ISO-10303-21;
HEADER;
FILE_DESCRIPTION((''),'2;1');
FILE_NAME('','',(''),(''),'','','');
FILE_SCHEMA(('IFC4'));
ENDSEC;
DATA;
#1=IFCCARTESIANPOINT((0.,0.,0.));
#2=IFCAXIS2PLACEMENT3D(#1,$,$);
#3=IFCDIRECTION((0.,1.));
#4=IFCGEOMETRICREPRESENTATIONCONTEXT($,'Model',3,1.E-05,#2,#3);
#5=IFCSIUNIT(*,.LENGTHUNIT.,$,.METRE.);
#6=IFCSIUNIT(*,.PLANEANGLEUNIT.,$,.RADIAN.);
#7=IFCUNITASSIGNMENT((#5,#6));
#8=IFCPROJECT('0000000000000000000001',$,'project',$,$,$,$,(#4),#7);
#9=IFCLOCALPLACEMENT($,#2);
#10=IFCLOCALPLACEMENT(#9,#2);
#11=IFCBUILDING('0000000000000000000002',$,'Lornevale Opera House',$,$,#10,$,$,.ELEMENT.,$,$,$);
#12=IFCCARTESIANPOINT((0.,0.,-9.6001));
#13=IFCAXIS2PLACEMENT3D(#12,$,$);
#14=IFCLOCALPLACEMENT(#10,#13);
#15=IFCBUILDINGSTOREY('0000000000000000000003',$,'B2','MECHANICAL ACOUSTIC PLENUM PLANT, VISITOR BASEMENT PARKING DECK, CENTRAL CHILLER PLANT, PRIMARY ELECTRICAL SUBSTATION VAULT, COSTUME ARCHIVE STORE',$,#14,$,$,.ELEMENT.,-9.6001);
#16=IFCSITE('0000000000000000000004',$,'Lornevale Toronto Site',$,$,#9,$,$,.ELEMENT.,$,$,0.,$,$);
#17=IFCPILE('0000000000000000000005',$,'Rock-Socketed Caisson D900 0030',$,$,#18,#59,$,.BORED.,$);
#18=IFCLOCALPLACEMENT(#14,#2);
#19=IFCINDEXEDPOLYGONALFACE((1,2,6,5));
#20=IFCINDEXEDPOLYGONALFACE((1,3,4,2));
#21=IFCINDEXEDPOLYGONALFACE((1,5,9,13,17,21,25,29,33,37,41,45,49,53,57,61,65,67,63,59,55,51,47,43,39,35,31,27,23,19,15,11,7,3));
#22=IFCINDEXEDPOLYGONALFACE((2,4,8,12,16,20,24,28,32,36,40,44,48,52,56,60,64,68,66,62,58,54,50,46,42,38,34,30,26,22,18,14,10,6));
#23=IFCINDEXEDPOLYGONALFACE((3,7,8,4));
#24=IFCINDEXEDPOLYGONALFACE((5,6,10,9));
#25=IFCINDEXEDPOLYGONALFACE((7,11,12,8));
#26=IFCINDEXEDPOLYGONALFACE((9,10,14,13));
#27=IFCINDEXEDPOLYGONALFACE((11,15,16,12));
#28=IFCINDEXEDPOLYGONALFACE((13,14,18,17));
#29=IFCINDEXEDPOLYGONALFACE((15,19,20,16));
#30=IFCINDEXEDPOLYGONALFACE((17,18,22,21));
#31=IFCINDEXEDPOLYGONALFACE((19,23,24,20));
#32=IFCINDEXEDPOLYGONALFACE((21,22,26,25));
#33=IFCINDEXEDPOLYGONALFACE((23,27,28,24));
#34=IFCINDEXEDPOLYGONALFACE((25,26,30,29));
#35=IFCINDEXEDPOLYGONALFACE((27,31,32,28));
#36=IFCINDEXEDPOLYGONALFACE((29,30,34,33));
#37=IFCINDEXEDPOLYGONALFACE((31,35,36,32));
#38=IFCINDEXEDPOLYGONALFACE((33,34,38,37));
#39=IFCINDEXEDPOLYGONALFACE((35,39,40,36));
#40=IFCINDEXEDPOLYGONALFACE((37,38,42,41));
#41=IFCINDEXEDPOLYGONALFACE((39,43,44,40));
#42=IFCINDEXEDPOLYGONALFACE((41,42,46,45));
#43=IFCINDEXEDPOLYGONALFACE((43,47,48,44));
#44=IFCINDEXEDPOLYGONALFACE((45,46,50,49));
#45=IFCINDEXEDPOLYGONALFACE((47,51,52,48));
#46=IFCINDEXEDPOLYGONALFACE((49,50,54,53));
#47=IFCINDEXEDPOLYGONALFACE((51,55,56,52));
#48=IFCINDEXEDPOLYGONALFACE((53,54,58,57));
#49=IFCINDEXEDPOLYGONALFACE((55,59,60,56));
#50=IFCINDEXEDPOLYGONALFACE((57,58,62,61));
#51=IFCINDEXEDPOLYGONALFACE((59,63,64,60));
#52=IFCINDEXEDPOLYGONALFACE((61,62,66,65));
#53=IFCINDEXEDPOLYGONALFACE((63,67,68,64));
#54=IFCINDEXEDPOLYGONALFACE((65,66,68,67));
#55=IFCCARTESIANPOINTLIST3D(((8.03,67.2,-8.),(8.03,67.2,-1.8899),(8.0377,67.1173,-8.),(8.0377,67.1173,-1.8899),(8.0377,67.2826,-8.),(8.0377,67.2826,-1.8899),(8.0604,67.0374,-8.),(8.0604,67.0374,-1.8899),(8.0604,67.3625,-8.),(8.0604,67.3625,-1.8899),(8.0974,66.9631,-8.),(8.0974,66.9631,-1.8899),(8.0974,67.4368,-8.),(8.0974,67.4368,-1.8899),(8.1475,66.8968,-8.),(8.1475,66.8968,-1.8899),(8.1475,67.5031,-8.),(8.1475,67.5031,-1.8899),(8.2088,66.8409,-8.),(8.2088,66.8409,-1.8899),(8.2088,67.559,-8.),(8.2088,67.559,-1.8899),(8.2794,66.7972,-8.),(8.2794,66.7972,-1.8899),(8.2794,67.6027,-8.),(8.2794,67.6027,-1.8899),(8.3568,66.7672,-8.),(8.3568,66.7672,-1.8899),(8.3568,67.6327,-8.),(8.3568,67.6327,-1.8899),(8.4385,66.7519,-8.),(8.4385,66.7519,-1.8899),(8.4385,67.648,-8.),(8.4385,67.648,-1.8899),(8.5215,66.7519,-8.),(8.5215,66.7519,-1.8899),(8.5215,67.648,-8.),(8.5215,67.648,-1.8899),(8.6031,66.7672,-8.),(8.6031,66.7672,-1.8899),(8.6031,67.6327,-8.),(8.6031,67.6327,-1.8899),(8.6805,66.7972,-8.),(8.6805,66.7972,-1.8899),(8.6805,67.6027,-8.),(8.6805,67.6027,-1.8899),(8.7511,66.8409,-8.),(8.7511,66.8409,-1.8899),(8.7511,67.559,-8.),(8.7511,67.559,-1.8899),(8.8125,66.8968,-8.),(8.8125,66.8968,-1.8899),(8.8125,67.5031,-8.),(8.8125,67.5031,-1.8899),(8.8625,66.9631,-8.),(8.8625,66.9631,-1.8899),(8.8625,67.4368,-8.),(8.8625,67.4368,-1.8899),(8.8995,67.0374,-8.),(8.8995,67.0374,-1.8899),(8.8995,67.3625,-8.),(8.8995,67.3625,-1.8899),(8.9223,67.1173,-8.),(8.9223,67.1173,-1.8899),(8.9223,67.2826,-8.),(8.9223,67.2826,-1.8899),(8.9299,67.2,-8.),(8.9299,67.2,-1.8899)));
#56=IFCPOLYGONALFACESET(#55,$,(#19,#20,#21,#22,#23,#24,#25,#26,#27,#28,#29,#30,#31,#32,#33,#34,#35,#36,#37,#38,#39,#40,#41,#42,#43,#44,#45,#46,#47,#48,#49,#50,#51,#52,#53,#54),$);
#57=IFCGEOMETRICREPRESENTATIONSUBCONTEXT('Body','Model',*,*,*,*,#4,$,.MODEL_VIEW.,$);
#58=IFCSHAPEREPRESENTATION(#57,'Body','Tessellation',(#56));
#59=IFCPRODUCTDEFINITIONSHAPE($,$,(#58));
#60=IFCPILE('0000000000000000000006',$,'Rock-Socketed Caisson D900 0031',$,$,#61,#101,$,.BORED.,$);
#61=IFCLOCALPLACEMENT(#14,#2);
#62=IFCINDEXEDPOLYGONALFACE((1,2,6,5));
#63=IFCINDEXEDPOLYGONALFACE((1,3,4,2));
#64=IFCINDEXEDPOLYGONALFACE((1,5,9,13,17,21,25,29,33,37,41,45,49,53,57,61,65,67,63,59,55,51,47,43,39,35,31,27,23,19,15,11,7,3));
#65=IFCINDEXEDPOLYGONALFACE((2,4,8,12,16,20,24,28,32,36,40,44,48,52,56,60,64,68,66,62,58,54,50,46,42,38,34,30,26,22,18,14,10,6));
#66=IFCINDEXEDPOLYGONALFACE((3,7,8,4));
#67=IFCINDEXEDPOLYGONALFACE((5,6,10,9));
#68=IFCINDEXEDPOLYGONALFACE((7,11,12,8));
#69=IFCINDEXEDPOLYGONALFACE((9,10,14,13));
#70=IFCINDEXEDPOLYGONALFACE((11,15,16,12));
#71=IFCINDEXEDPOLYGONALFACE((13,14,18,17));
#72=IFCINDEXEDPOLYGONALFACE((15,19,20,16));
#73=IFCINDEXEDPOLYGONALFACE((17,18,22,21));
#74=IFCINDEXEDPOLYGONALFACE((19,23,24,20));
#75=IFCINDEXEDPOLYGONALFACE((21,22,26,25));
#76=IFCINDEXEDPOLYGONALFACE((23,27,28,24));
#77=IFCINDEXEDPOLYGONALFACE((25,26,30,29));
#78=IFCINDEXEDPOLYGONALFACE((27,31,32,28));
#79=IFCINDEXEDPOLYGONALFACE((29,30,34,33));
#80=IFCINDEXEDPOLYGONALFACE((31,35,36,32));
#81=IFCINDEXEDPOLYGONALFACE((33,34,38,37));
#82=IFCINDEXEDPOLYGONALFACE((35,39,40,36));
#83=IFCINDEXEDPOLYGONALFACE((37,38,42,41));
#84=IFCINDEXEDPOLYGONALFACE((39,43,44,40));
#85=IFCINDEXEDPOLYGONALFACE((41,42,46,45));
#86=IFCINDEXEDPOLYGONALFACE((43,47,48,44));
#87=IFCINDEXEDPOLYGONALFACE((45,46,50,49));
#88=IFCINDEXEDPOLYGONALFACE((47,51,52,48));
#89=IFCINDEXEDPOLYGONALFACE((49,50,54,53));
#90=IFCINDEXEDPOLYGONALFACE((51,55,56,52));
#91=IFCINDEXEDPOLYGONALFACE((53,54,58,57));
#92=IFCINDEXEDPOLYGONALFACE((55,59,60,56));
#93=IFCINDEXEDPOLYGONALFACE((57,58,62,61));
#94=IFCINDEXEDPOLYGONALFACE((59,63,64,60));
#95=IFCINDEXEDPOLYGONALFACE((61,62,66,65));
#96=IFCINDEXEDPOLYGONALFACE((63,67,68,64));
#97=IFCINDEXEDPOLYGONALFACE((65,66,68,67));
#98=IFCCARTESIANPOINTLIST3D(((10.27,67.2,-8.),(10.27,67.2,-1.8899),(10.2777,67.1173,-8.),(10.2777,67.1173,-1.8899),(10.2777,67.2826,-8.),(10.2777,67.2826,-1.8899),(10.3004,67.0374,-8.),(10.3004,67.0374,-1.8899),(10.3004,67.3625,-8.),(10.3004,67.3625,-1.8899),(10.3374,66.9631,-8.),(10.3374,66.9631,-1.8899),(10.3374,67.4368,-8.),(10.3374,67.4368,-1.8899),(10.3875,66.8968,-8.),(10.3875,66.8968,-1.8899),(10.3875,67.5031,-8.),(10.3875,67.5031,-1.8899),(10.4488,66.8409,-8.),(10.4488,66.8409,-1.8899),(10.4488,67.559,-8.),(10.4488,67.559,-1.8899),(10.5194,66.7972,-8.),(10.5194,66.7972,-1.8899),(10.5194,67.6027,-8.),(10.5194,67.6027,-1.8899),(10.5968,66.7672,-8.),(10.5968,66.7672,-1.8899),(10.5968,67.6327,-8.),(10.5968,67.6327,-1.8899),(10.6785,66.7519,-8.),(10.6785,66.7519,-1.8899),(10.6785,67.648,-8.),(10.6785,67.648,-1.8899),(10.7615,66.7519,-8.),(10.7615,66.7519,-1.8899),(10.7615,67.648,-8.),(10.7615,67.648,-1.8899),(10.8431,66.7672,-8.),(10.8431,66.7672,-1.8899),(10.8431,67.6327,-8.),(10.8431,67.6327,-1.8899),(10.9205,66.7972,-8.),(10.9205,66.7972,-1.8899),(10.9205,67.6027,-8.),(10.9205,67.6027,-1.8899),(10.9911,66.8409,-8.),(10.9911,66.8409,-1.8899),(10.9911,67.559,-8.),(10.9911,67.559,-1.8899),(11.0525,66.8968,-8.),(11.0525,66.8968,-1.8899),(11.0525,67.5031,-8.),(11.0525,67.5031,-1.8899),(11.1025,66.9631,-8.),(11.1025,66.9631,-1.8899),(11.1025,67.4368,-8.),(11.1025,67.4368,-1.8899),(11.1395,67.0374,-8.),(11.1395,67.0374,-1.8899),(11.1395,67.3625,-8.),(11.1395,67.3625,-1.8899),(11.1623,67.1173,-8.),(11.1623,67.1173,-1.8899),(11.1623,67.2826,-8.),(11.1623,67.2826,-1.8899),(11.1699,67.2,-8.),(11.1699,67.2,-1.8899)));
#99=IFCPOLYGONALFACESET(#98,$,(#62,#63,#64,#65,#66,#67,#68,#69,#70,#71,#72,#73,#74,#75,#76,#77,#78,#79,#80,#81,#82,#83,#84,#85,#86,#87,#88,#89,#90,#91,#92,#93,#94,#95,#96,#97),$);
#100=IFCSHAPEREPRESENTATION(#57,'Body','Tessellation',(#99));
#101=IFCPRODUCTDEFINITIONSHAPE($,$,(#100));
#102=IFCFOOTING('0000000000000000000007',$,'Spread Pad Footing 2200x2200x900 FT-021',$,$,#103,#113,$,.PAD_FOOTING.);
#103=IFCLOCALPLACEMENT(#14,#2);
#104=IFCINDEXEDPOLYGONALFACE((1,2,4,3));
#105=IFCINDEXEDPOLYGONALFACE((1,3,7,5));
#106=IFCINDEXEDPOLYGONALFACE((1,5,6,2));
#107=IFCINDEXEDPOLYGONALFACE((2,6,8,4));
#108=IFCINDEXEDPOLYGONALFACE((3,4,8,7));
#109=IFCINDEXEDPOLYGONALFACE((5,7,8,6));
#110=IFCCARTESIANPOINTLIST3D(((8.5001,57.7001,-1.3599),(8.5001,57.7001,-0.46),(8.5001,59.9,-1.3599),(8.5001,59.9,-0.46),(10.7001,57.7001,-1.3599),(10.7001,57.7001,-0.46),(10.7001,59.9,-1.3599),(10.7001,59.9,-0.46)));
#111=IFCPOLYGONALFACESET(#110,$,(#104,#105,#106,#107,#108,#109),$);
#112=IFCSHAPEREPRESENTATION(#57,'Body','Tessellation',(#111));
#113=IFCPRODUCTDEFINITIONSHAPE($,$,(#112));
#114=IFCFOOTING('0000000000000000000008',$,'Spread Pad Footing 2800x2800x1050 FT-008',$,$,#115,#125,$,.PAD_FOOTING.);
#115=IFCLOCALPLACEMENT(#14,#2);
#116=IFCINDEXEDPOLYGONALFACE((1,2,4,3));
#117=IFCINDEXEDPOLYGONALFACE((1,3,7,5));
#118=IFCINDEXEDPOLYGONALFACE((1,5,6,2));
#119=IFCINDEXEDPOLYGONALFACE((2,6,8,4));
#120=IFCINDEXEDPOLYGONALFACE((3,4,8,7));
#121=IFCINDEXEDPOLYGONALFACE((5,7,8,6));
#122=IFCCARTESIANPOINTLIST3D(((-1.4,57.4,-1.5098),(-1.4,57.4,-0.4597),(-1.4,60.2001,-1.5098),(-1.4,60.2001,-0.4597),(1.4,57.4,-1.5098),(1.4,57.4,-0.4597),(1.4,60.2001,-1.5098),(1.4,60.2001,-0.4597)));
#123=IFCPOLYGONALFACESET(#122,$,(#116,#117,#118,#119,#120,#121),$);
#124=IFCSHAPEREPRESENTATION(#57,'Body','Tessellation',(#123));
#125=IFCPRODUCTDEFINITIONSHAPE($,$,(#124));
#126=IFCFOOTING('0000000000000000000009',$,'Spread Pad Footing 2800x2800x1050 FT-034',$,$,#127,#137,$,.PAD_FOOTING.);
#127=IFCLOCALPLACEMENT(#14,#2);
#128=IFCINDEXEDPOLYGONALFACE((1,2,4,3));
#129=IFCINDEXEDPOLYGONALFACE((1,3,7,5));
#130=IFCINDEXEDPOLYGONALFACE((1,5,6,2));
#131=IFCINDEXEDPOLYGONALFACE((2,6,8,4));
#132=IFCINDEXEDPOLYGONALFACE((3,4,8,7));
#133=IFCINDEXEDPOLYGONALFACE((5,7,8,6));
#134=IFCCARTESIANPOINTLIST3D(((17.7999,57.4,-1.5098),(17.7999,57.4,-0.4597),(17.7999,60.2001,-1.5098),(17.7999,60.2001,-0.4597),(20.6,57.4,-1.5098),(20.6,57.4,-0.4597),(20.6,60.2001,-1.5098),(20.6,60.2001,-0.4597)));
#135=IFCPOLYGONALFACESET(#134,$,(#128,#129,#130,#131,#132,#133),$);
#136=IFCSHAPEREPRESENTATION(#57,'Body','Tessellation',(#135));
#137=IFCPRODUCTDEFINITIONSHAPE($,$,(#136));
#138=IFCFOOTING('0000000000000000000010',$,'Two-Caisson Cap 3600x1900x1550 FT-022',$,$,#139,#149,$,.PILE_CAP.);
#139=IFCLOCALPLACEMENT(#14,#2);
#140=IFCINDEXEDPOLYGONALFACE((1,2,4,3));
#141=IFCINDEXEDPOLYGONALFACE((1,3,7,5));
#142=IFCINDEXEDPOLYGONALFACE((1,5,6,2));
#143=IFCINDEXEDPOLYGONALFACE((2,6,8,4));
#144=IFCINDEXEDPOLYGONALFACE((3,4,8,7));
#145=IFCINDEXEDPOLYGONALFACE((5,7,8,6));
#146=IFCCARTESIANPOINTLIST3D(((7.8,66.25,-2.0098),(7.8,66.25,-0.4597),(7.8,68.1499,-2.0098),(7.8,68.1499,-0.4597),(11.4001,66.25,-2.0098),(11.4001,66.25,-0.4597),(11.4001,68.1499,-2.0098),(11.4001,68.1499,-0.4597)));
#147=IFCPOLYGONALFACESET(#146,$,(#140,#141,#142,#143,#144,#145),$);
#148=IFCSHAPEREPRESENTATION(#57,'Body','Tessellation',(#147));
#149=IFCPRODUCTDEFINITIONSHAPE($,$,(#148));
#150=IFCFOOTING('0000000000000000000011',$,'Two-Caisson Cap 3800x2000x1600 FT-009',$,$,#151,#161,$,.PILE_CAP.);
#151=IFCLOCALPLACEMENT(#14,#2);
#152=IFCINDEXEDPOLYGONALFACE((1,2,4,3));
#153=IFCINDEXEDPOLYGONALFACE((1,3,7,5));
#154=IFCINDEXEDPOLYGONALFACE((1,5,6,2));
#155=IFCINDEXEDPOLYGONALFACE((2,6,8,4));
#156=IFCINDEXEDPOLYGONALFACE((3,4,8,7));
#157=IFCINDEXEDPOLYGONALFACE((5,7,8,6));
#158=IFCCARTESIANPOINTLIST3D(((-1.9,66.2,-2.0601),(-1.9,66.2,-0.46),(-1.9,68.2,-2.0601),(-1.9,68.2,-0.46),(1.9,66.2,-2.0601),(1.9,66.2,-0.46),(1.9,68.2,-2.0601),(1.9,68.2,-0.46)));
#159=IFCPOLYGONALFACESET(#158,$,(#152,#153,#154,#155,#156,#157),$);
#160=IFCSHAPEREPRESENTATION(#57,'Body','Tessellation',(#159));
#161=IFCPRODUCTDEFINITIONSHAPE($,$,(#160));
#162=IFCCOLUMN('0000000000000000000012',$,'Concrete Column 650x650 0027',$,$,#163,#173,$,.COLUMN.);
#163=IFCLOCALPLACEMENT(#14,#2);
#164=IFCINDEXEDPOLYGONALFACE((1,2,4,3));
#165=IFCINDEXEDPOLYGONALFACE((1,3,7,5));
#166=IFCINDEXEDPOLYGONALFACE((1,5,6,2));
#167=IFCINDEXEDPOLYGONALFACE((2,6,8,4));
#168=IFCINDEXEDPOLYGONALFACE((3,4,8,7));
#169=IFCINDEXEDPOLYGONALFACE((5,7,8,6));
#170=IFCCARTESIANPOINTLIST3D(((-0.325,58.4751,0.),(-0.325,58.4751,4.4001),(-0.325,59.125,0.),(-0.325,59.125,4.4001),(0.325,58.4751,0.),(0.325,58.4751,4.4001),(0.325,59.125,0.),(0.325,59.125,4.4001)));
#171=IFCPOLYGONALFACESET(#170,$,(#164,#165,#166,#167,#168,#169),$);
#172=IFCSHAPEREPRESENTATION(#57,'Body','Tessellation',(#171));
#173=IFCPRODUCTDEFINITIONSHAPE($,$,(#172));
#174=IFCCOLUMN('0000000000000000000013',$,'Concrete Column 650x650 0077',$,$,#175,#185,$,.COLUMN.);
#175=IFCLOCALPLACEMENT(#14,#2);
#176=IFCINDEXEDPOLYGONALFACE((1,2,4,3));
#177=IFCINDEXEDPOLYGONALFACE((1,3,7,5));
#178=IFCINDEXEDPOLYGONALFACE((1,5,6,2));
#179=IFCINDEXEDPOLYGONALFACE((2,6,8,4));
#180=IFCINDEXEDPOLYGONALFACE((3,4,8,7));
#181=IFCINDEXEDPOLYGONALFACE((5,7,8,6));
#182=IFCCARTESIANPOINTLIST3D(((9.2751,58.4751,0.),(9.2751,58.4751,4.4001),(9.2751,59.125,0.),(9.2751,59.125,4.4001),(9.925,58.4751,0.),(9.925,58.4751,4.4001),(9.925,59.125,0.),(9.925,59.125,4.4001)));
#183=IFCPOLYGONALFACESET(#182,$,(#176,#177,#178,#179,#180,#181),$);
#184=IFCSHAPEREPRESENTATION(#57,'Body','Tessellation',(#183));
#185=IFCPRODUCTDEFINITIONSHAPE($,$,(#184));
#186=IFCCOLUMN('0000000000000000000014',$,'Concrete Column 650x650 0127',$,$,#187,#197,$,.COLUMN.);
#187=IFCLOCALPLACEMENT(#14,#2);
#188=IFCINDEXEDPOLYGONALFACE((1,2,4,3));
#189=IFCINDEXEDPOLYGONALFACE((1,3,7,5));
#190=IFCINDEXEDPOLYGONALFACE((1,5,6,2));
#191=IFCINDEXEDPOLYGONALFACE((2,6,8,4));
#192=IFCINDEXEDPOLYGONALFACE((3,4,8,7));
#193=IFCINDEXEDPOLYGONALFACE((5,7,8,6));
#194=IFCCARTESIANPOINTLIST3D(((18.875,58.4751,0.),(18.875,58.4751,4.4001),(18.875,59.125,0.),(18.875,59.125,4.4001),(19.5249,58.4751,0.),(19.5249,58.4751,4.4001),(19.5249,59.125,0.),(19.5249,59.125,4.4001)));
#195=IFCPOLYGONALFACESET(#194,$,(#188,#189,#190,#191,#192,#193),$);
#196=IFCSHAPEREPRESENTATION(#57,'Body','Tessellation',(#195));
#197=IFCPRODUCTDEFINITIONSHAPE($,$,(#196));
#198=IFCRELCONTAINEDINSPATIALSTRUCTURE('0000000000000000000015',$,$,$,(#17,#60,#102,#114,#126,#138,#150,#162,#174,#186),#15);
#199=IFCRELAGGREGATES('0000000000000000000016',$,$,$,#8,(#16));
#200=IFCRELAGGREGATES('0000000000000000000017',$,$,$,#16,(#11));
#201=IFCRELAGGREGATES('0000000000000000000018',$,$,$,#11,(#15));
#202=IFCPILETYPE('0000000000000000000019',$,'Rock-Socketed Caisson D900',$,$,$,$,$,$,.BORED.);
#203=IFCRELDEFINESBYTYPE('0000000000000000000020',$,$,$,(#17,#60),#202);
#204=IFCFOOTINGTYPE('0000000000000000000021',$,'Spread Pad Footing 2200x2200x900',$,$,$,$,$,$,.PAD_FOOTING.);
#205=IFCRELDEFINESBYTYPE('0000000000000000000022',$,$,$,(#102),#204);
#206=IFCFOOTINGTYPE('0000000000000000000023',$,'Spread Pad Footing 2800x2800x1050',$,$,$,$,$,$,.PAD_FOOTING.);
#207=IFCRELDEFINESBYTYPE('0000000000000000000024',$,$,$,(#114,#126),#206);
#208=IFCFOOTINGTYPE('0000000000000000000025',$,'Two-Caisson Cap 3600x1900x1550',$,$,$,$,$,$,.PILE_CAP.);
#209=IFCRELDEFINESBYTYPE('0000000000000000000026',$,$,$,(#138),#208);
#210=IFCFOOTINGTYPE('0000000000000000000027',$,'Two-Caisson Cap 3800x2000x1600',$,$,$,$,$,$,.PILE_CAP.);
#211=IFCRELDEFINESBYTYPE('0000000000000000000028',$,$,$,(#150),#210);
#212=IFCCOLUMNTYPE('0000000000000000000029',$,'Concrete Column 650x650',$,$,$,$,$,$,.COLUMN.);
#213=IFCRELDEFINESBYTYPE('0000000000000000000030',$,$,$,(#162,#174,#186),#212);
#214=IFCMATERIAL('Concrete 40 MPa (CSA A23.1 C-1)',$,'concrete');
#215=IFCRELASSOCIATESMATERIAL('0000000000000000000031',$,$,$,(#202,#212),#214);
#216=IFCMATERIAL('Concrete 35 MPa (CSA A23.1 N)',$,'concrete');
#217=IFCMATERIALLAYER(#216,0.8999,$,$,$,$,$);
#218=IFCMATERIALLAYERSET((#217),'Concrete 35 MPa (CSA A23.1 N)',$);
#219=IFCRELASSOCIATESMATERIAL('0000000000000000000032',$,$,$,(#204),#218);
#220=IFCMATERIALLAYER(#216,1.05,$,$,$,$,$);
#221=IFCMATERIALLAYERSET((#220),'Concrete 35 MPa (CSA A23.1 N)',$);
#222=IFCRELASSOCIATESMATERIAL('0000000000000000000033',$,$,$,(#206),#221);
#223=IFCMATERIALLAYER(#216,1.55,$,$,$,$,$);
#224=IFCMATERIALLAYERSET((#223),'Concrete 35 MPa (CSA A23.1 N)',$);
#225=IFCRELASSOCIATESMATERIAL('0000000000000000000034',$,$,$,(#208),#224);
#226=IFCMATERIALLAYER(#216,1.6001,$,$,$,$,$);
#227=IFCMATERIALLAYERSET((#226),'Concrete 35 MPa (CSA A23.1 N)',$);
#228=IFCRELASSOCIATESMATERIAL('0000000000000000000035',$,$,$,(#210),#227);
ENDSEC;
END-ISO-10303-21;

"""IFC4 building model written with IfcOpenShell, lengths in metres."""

from ifc_helpers import new_model, si_unit, direction, frame, origin, origin_2d, place, context, subcontext, project, spatial, rectangle, circle, extrude, material, layer, layer_set, material_profile, profile_set, type_object, element, save


model = new_model("IFC4")

# Units and contexts
model_context = context("Model", 3, precision=1e-05, world=origin(), true_north=direction((0.0, 1.0)))
body_context = subcontext(model_context, "Body", "Model", "MODEL_VIEW")
ifc_project = project(units=[si_unit("LENGTHUNIT", "METRE"), si_unit("PLANEANGLEUNIT", "RADIAN")], contexts=[model_context])

# Site, building, storey
site_placement = place(None, origin())
site = spatial("IfcSite", under=ifc_project, at=site_placement, Name="Lornevale Toronto Site", CompositionType="ELEMENT", RefElevation=0.0)
building_placement = place(site_placement, origin())
building = spatial("IfcBuilding", under=site, at=building_placement, Name="Lornevale Opera House", CompositionType="ELEMENT")
storey_placement = place(building_placement, frame((0.0, 0.0, -9.6001)))
storey = spatial("IfcBuildingStorey", under=building, at=storey_placement, Name="B2", Description="MECHANICAL ACOUSTIC PLENUM PLANT, VISITOR BASEMENT PARKING DECK, CENTRAL CHILLER PLANT, PRIMARY ELECTRICAL SUBSTATION VAULT, COSTUME ARCHIVE STORE", CompositionType="ELEMENT", Elevation=-9.6001)

# Shared definitions
ifc_material_1 = material(Name="Concrete 35 MPa (CSA A23.1 N)", Category="concrete")

# Shared definitions
ifc_material_2 = material(Name="Concrete 40 MPa (CSA A23.1 C-1)", Category="concrete")

# Piles
ifc_material_profile_1 = material_profile(ifc_material_2, circle(Radius=0.45, at=origin_2d()), Name="CAIS900")
ifc_profile_set_1 = profile_set([ifc_material_profile_1], Name="Concrete 40 MPa (CSA A23.1 C-1)")
pile_type_1 = type_object("IfcPileType", Name="Rock-Socketed Caisson D900", PredefinedType="BORED", material=ifc_profile_set_1)
for number, where, z_axis, x_axis, name in (
    (1, (8.48, 67.2, -1.8899), (0.0, 0.0, -1.0), (1.0, 0.0, 0.0), "Rock-Socketed Caisson D900 0030"),
    (2, (10.72, 67.2, -1.8899), (0.0, 0.0, -1.0), (1.0, 0.0, 0.0), "Rock-Socketed Caisson D900 0031"),
):
    element("IfcPile", number, at=place(storey_placement, frame(where, z_axis=z_axis, x_axis=x_axis)), inside=storey, type_object=pile_type_1, Name=name, PredefinedType="BORED", context=body_context, shape_type="SweptSolid", body=[
        extrude(circle(Radius=0.45, at=origin_2d()), origin(), (0.0, 0.0, 1.0), 6.1101),
    ])

# Footings
ifc_layer_1 = layer(ifc_material_1, 0.8999)
ifc_layer_set_1 = layer_set([ifc_layer_1], Name="Concrete 35 MPa (CSA A23.1 N)")
footing_type_1 = type_object("IfcFootingType", Name="Spread Pad Footing 2200x2200x900", PredefinedType="PAD_FOOTING", material=ifc_layer_set_1)
footing_1_placement = place(storey_placement, frame((9.6001, 58.8, -1.3599), z_axis=(0.0, 0.0, 1.0), x_axis=(1.0, 0.0, 0.0)))
element("IfcFooting", 3, at=footing_1_placement, inside=storey, type_object=footing_type_1, Name="Spread Pad Footing 2200x2200x900 FT-021", PredefinedType="PAD_FOOTING", context=body_context, shape_type="SweptSolid", body=[
    extrude(rectangle(XDim=2.2, YDim=2.2, at=origin_2d()), origin(), (0.0, 0.0, 1.0), 0.8999),
])
ifc_layer_2 = layer(ifc_material_1, 1.05)
ifc_layer_set_2 = layer_set([ifc_layer_2], Name="Concrete 35 MPa (CSA A23.1 N)")
footing_type_2 = type_object("IfcFootingType", Name="Spread Pad Footing 2800x2800x1050", PredefinedType="PAD_FOOTING", material=ifc_layer_set_2)
for number, where, z_axis, x_axis, name in (
    (4, (0.0, 58.8, -1.5098), (0.0, 0.0, 1.0), (1.0, 0.0, 0.0), "Spread Pad Footing 2800x2800x1050 FT-008"),
    (5, (19.2, 58.8, -1.5098), (0.0, 0.0, 1.0), (1.0, 0.0, 0.0), "Spread Pad Footing 2800x2800x1050 FT-034"),
):
    element("IfcFooting", number, at=place(storey_placement, frame(where, z_axis=z_axis, x_axis=x_axis)), inside=storey, type_object=footing_type_2, Name=name, PredefinedType="PAD_FOOTING", context=body_context, shape_type="SweptSolid", body=[
        extrude(rectangle(XDim=2.8, YDim=2.8, at=origin_2d()), origin(), (0.0, 0.0, 1.0), 1.05),
    ])
ifc_layer_3 = layer(ifc_material_1, 1.55)
ifc_layer_set_3 = layer_set([ifc_layer_3], Name="Concrete 35 MPa (CSA A23.1 N)")
footing_type_3 = type_object("IfcFootingType", Name="Two-Caisson Cap 3600x1900x1550", PredefinedType="PILE_CAP", material=ifc_layer_set_3)
footing_2_placement = place(storey_placement, frame((9.6001, 67.2, -2.0098), z_axis=(0.0, 0.0, 1.0), x_axis=(1.0, 0.0, 0.0)))
element("IfcFooting", 6, at=footing_2_placement, inside=storey, type_object=footing_type_3, Name="Two-Caisson Cap 3600x1900x1550 FT-022", PredefinedType="PILE_CAP", context=body_context, shape_type="SweptSolid", body=[
    extrude(rectangle(XDim=3.6001, YDim=1.8999, at=origin_2d()), origin(), (0.0, 0.0, 1.0), 1.55),
])
ifc_layer_4 = layer(ifc_material_1, 1.6001)
ifc_layer_set_4 = layer_set([ifc_layer_4], Name="Concrete 35 MPa (CSA A23.1 N)")
footing_type_4 = type_object("IfcFootingType", Name="Two-Caisson Cap 3800x2000x1600", PredefinedType="PILE_CAP", material=ifc_layer_set_4)
footing_3_placement = place(storey_placement, frame((0.0, 67.2, -2.0601), z_axis=(0.0, 0.0, 1.0), x_axis=(1.0, 0.0, 0.0)))
element("IfcFooting", 7, at=footing_3_placement, inside=storey, type_object=footing_type_4, Name="Two-Caisson Cap 3800x2000x1600 FT-009", PredefinedType="PILE_CAP", context=body_context, shape_type="SweptSolid", body=[
    extrude(rectangle(XDim=3.8, YDim=2.0, at=origin_2d()), origin(), (0.0, 0.0, 1.0), 1.6001),
])

# Columns
ifc_material_profile_2 = material_profile(ifc_material_2, rectangle(XDim=0.6499, YDim=0.6499, at=origin_2d()), Name="RC650x650")
ifc_profile_set_2 = profile_set([ifc_material_profile_2], Name="Concrete 40 MPa (CSA A23.1 C-1)")
column_type_1 = type_object("IfcColumnType", Name="Concrete Column 650x650", PredefinedType="COLUMN", material=ifc_profile_set_2)
for number, where, z_axis, x_axis, name in (
    (8, (0.0, 58.8, 0.0), (0.0, 0.0, 1.0), (1.0, 0.0, 0.0), "Concrete Column 650x650 0027"),
    (9, (9.6001, 58.8, 0.0), (0.0, 0.0, 1.0), (1.0, 0.0, 0.0), "Concrete Column 650x650 0077"),
    (10, (19.2, 58.8, 0.0), (0.0, 0.0, 1.0), (1.0, 0.0, 0.0), "Concrete Column 650x650 0127"),
):
    element("IfcColumn", number, at=place(storey_placement, frame(where, z_axis=z_axis, x_axis=x_axis)), inside=storey, type_object=column_type_1, Name=name, PredefinedType="COLUMN", context=body_context, shape_type="SweptSolid", body=[
        extrude(rectangle(XDim=0.6499, YDim=0.6499, at=origin_2d()), origin(), (0.0, 0.0, 1.0), 4.4001),
    ])

save(model, "model.ifc")
